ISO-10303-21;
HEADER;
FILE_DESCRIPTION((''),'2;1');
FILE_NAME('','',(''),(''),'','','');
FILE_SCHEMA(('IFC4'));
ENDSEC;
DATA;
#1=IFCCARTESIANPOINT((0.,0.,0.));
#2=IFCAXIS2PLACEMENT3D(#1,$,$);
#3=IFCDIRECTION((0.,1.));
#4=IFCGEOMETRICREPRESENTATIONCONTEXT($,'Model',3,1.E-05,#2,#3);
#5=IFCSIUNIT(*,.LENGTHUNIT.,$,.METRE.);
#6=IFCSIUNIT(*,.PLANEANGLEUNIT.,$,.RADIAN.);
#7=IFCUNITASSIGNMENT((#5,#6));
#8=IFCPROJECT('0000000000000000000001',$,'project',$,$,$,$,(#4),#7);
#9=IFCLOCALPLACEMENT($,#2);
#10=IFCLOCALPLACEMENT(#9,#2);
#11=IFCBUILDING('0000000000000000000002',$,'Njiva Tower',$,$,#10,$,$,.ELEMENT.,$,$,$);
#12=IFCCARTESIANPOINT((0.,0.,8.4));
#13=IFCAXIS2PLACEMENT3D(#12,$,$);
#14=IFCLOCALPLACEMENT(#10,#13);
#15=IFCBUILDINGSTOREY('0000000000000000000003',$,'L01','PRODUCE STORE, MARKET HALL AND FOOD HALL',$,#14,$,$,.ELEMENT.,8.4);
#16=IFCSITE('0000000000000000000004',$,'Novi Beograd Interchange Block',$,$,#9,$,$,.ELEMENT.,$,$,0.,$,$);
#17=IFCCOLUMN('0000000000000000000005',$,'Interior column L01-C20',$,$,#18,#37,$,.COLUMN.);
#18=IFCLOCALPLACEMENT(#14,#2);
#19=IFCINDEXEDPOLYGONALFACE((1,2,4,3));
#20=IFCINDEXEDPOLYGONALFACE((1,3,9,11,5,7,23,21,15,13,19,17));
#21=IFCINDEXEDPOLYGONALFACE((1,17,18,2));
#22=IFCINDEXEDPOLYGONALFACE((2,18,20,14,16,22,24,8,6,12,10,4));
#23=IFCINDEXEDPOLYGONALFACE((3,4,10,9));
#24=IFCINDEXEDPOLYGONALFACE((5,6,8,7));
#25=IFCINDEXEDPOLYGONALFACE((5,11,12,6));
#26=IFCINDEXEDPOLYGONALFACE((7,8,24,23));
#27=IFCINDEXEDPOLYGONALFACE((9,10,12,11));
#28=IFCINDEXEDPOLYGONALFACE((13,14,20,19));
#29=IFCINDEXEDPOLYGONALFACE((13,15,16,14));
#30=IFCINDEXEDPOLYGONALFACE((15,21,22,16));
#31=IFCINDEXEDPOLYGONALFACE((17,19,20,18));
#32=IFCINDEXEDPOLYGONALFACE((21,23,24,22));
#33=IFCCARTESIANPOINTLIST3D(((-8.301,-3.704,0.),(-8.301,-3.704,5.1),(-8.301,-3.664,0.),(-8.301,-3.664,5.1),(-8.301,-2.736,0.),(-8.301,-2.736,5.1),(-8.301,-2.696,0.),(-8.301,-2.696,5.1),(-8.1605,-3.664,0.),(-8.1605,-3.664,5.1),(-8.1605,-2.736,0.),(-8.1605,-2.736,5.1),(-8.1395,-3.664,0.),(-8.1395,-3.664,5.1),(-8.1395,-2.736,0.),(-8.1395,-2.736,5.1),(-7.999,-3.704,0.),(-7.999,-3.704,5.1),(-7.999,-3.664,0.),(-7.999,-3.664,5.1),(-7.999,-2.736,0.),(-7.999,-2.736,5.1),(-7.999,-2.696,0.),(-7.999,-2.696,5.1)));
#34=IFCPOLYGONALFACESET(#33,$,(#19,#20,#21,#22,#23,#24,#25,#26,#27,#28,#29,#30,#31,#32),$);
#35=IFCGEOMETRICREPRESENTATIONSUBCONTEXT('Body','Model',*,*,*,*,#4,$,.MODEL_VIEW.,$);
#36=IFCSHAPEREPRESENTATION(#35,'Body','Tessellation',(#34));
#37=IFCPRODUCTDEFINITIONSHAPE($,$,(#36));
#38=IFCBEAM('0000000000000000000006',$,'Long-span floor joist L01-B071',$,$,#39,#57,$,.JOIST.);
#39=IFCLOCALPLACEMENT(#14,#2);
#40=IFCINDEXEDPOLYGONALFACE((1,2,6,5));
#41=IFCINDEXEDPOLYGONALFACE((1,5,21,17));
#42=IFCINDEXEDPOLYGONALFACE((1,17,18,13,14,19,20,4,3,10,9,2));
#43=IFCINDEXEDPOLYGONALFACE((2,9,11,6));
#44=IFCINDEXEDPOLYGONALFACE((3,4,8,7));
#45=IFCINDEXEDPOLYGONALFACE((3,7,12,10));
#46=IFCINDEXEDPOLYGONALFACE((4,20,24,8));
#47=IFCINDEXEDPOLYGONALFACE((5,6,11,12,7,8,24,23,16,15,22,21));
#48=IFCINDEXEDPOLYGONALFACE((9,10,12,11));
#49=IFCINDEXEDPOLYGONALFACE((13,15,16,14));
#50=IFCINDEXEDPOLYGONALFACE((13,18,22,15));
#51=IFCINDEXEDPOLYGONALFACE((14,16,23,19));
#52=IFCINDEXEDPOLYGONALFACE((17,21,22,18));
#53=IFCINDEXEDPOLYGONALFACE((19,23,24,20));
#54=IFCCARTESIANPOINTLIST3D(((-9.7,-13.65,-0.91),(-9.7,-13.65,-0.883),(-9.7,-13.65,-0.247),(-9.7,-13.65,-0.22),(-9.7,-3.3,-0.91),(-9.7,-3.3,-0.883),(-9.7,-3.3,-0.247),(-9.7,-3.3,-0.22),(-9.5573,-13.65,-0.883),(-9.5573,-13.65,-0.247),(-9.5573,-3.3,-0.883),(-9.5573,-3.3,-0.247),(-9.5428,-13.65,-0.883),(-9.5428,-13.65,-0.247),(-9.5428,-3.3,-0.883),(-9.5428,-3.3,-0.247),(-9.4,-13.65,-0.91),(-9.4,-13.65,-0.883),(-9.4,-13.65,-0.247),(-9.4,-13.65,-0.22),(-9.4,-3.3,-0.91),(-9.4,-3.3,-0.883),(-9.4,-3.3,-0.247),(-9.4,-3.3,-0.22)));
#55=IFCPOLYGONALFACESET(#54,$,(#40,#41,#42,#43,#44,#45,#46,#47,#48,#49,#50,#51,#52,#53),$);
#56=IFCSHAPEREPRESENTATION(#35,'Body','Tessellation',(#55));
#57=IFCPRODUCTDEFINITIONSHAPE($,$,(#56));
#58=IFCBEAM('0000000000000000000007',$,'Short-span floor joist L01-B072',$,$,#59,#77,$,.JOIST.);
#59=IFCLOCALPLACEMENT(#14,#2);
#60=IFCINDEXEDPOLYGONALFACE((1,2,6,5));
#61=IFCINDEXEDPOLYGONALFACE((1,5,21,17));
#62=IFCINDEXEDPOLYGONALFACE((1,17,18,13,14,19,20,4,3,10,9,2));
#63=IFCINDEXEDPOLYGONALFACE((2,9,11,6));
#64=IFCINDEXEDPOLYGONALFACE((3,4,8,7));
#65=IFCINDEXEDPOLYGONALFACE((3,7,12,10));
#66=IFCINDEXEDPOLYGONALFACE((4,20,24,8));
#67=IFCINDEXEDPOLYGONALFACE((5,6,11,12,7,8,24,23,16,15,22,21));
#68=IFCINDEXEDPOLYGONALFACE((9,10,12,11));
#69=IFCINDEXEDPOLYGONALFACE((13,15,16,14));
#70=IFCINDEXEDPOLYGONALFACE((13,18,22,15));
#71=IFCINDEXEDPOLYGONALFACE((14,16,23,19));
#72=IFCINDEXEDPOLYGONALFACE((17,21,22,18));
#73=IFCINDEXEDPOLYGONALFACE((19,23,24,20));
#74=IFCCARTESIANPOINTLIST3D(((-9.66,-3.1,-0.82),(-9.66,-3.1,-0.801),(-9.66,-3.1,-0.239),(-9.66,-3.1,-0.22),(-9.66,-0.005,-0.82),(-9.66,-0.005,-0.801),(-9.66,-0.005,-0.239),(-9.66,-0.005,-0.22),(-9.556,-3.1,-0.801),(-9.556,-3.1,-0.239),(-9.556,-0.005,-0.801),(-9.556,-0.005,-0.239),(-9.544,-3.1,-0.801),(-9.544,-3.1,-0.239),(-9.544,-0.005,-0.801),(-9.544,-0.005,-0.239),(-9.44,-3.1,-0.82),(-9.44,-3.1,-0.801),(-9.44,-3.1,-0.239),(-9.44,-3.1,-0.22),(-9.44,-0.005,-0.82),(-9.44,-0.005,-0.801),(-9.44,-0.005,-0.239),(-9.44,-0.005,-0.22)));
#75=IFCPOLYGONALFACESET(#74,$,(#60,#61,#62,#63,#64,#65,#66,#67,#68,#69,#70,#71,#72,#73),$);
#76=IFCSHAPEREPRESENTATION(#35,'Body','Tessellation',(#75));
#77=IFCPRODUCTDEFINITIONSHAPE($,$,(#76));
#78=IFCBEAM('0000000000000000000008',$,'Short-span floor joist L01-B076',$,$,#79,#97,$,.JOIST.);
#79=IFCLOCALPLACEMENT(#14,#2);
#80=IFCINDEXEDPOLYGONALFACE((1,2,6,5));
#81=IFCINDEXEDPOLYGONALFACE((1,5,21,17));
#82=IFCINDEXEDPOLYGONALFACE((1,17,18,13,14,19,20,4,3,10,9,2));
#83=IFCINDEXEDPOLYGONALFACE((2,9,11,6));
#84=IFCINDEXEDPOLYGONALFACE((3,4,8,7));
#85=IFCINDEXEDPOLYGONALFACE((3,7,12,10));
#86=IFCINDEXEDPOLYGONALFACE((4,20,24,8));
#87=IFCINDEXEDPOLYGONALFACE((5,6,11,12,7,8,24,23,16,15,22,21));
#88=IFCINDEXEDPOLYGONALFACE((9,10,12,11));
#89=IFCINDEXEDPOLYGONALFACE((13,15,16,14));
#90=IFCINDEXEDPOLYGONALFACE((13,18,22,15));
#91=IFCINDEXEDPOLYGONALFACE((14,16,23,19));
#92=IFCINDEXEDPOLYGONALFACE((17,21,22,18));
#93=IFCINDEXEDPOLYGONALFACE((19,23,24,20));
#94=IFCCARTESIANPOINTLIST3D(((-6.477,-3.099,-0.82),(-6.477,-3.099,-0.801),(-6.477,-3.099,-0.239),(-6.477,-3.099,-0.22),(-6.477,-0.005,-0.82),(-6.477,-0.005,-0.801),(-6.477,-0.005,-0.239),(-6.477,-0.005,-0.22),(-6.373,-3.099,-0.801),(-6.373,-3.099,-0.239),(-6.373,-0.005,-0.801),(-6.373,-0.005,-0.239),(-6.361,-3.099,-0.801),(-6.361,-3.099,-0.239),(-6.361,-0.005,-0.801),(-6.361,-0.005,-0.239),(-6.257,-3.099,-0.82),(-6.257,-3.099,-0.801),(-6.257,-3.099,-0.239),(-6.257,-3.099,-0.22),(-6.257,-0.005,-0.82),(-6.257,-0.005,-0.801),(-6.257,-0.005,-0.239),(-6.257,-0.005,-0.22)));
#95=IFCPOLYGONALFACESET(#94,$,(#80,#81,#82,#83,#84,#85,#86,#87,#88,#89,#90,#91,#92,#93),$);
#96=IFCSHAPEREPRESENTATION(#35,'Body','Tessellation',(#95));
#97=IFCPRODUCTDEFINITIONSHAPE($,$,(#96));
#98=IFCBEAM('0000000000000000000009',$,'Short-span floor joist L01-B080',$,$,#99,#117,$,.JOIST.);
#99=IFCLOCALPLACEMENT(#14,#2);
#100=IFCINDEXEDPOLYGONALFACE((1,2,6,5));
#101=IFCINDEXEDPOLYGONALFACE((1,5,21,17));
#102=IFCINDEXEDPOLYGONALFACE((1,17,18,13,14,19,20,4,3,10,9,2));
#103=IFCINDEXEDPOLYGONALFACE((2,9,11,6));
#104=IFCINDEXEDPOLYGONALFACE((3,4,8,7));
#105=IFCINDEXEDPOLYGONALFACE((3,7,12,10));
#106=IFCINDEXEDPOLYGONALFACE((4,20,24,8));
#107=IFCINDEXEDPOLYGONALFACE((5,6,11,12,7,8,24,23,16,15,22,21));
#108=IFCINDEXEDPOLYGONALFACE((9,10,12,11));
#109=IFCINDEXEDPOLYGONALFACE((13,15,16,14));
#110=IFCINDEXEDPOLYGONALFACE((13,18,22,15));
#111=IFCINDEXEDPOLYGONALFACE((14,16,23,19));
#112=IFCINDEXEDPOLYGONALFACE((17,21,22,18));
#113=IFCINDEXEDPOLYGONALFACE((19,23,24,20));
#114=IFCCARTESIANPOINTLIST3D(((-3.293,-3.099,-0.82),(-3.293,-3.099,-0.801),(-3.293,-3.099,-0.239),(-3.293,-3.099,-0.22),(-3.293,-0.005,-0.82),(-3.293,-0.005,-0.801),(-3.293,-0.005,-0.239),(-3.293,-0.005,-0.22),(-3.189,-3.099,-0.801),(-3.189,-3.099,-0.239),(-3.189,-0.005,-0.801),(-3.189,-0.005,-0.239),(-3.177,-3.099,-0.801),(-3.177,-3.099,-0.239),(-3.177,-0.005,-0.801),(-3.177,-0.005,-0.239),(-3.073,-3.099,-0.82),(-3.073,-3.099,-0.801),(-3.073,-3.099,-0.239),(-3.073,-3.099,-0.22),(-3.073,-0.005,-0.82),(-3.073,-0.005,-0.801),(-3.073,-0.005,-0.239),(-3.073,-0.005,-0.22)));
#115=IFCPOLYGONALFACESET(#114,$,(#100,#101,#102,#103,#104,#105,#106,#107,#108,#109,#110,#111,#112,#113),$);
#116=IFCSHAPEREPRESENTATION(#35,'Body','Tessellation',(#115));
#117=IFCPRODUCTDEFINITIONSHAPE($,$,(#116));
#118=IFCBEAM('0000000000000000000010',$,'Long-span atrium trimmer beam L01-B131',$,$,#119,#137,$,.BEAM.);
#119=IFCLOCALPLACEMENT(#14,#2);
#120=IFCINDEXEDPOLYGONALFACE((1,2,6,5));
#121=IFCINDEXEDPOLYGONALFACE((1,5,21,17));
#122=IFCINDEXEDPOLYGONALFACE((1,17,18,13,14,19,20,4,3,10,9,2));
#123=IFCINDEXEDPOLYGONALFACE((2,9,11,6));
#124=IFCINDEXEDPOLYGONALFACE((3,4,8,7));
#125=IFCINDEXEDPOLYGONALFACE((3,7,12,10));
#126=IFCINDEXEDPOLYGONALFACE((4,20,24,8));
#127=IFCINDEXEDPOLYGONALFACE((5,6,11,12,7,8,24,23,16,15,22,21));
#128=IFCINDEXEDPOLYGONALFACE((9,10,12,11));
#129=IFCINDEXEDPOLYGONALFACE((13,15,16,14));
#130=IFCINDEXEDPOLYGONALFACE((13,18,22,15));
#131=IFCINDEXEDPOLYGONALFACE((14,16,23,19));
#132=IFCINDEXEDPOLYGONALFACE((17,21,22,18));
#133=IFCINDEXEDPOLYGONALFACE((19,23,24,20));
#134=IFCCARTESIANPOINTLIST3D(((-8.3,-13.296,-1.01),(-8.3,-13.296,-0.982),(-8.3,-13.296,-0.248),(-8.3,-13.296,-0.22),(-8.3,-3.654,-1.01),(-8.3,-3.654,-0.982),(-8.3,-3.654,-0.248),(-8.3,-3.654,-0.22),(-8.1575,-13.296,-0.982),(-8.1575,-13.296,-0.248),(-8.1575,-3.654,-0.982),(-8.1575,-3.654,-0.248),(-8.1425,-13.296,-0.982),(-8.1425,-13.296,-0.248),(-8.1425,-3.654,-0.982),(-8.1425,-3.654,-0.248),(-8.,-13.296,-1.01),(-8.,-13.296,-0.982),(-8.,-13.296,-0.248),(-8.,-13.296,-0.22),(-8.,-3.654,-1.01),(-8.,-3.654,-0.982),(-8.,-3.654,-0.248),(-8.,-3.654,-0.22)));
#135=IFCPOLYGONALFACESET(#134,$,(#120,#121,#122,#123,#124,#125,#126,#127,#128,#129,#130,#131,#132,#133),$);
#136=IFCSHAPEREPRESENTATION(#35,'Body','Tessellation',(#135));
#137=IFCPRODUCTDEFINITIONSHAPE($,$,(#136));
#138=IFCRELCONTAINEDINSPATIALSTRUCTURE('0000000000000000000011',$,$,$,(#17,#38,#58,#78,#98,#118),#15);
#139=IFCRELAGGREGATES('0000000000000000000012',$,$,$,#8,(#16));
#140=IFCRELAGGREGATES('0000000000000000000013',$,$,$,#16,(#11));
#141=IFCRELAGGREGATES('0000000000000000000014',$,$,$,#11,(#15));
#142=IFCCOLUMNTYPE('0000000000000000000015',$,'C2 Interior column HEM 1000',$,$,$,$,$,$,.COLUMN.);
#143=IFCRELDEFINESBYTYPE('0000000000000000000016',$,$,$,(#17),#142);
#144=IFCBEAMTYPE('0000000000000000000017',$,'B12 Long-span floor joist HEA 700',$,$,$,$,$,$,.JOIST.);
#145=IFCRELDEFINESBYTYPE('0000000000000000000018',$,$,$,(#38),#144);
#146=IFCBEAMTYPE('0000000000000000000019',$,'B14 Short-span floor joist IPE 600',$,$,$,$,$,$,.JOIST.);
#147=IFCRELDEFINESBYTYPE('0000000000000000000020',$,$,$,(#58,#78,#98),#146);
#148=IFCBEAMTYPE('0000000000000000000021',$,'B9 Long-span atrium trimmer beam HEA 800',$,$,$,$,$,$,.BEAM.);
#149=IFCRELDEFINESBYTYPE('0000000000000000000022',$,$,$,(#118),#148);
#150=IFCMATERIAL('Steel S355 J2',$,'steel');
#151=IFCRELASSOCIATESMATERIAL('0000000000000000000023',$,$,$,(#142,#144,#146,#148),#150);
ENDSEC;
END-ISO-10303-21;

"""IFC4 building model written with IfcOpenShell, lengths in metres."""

from ifc_helpers import new_model, si_unit, direction, frame, origin, origin_2d, place, context, subcontext, project, spatial, i_section, extrude, material, material_profile, profile_set, type_object, element, save


model = new_model("IFC4")

# Units and contexts
model_context = context("Model", 3, precision=1e-05, world=origin(), true_north=direction((0.0, 1.0)))
body_context = subcontext(model_context, "Body", "Model", "MODEL_VIEW")
ifc_project = project(units=[si_unit("LENGTHUNIT", "METRE"), si_unit("PLANEANGLEUNIT", "RADIAN")], contexts=[model_context])

# Site, building, storey
site_placement = place(None, origin())
site = spatial("IfcSite", under=ifc_project, at=site_placement, Name="Novi Beograd Interchange Block", CompositionType="ELEMENT", RefElevation=0.0)
building_placement = place(site_placement, origin())
building = spatial("IfcBuilding", under=site, at=building_placement, Name="Njiva Tower", CompositionType="ELEMENT")
storey_placement = place(building_placement, frame((0.0, 0.0, 8.4)))
storey = spatial("IfcBuildingStorey", under=building, at=storey_placement, Name="L01", Description="PRODUCE STORE, MARKET HALL AND FOOD HALL", CompositionType="ELEMENT", Elevation=8.4)

# Column
ifc_material_1 = material(Name="Steel S355 J2", Category="steel")
ifc_material_profile_1 = material_profile(ifc_material_1, i_section(OverallWidth=0.302, OverallDepth=1.008, WebThickness=0.021, FlangeThickness=0.04, at=origin_2d()), Name="HEM 1000")
ifc_profile_set_1 = profile_set([ifc_material_profile_1], Name="Steel S355 J2")
column_type = type_object("IfcColumnType", Name="C2 Interior column HEM 1000", PredefinedType="COLUMN", material=ifc_profile_set_1)
column_placement = place(storey_placement, frame((-8.15, -3.2, 0.0), z_axis=(0.0, 0.0, 1.0), x_axis=(1.0, 0.0, 0.0)))
element("IfcColumn", 1, at=column_placement, inside=storey, type_object=column_type, Name="Interior column L01-C20", PredefinedType="COLUMN", context=body_context, shape_type="SweptSolid", body=[
    extrude(i_section(OverallWidth=0.302, OverallDepth=1.008, WebThickness=0.021, FlangeThickness=0.04, at=origin_2d()), origin(), (0.0, 0.0, 1.0), 5.1),
])

# Beams
ifc_material_profile_2 = material_profile(ifc_material_1, i_section(OverallWidth=0.3, OverallDepth=0.69, WebThickness=0.0145, FlangeThickness=0.027, at=origin_2d()), Name="HEA 700")
ifc_profile_set_2 = profile_set([ifc_material_profile_2], Name="Steel S355 J2")
beam_type_1 = type_object("IfcBeamType", Name="B12 Long-span floor joist HEA 700", PredefinedType="JOIST", material=ifc_profile_set_2)
beam_1_placement = place(storey_placement, frame((-9.55, -3.3, -0.565), z_axis=(0.0, -1.0, 0.0), x_axis=(1.0, 0.0, 0.0)))
element("IfcBeam", 2, at=beam_1_placement, inside=storey, type_object=beam_type_1, Name="Long-span floor joist L01-B071", PredefinedType="JOIST", context=body_context, shape_type="SweptSolid", body=[
    extrude(i_section(OverallWidth=0.3, OverallDepth=0.69, WebThickness=0.0145, FlangeThickness=0.027, at=origin_2d()), origin(), (0.0, 0.0, 1.0), 10.35),
])
ifc_material_profile_3 = material_profile(ifc_material_1, i_section(OverallWidth=0.22, OverallDepth=0.6, WebThickness=0.012, FlangeThickness=0.019, at=origin_2d()), Name="IPE 600")
ifc_profile_set_3 = profile_set([ifc_material_profile_3], Name="Steel S355 J2")
beam_type_2 = type_object("IfcBeamType", Name="B14 Short-span floor joist IPE 600", PredefinedType="JOIST", material=ifc_profile_set_3)
beam_2_placement = place(storey_placement, frame((-9.55, -0.005, -0.52), z_axis=(0.0, -1.0, 0.0), x_axis=(1.0, 0.0, 0.0)))
element("IfcBeam", 3, at=beam_2_placement, inside=storey, type_object=beam_type_2, Name="Short-span floor joist L01-B072", PredefinedType="JOIST", context=body_context, shape_type="SweptSolid", body=[
    extrude(i_section(OverallWidth=0.22, OverallDepth=0.6, WebThickness=0.012, FlangeThickness=0.019, at=origin_2d()), origin(), (0.0, 0.0, 1.0), 3.095),
])
for number, where, z_axis, x_axis, name in (
    (4, (-6.367, -0.005, -0.52), (0.0, -1.0, 0.0), (1.0, 0.0, 0.0), "Short-span floor joist L01-B076"),
    (5, (-3.183, -0.005, -0.52), (0.0, -1.0, 0.0), (1.0, 0.0, 0.0), "Short-span floor joist L01-B080"),
):
    element("IfcBeam", number, at=place(storey_placement, frame(where, z_axis=z_axis, x_axis=x_axis)), inside=storey, type_object=beam_type_2, Name=name, PredefinedType="JOIST", context=body_context, shape_type="SweptSolid", body=[
        extrude(i_section(OverallWidth=0.22, OverallDepth=0.6, WebThickness=0.012, FlangeThickness=0.019, at=origin_2d()), origin(), (0.0, 0.0, 1.0), 3.094),
    ])
ifc_material_profile_4 = material_profile(ifc_material_1, i_section(OverallWidth=0.3, OverallDepth=0.79, WebThickness=0.015, FlangeThickness=0.028, at=origin_2d()), Name="HEA 800")
ifc_profile_set_4 = profile_set([ifc_material_profile_4], Name="Steel S355 J2")
beam_type_3 = type_object("IfcBeamType", Name="B9 Long-span atrium trimmer beam HEA 800", PredefinedType="BEAM", material=ifc_profile_set_4)
beam_3_placement = place(storey_placement, frame((-8.15, -3.654, -0.615), z_axis=(0.0, -1.0, 0.0), x_axis=(1.0, 0.0, 0.0)))
element("IfcBeam", 6, at=beam_3_placement, inside=storey, type_object=beam_type_3, Name="Long-span atrium trimmer beam L01-B131", PredefinedType="BEAM", context=body_context, shape_type="SweptSolid", body=[
    extrude(i_section(OverallWidth=0.3, OverallDepth=0.79, WebThickness=0.015, FlangeThickness=0.028, at=origin_2d()), origin(), (0.0, 0.0, 1.0), 9.642),
])

save(model, "model.ifc")
